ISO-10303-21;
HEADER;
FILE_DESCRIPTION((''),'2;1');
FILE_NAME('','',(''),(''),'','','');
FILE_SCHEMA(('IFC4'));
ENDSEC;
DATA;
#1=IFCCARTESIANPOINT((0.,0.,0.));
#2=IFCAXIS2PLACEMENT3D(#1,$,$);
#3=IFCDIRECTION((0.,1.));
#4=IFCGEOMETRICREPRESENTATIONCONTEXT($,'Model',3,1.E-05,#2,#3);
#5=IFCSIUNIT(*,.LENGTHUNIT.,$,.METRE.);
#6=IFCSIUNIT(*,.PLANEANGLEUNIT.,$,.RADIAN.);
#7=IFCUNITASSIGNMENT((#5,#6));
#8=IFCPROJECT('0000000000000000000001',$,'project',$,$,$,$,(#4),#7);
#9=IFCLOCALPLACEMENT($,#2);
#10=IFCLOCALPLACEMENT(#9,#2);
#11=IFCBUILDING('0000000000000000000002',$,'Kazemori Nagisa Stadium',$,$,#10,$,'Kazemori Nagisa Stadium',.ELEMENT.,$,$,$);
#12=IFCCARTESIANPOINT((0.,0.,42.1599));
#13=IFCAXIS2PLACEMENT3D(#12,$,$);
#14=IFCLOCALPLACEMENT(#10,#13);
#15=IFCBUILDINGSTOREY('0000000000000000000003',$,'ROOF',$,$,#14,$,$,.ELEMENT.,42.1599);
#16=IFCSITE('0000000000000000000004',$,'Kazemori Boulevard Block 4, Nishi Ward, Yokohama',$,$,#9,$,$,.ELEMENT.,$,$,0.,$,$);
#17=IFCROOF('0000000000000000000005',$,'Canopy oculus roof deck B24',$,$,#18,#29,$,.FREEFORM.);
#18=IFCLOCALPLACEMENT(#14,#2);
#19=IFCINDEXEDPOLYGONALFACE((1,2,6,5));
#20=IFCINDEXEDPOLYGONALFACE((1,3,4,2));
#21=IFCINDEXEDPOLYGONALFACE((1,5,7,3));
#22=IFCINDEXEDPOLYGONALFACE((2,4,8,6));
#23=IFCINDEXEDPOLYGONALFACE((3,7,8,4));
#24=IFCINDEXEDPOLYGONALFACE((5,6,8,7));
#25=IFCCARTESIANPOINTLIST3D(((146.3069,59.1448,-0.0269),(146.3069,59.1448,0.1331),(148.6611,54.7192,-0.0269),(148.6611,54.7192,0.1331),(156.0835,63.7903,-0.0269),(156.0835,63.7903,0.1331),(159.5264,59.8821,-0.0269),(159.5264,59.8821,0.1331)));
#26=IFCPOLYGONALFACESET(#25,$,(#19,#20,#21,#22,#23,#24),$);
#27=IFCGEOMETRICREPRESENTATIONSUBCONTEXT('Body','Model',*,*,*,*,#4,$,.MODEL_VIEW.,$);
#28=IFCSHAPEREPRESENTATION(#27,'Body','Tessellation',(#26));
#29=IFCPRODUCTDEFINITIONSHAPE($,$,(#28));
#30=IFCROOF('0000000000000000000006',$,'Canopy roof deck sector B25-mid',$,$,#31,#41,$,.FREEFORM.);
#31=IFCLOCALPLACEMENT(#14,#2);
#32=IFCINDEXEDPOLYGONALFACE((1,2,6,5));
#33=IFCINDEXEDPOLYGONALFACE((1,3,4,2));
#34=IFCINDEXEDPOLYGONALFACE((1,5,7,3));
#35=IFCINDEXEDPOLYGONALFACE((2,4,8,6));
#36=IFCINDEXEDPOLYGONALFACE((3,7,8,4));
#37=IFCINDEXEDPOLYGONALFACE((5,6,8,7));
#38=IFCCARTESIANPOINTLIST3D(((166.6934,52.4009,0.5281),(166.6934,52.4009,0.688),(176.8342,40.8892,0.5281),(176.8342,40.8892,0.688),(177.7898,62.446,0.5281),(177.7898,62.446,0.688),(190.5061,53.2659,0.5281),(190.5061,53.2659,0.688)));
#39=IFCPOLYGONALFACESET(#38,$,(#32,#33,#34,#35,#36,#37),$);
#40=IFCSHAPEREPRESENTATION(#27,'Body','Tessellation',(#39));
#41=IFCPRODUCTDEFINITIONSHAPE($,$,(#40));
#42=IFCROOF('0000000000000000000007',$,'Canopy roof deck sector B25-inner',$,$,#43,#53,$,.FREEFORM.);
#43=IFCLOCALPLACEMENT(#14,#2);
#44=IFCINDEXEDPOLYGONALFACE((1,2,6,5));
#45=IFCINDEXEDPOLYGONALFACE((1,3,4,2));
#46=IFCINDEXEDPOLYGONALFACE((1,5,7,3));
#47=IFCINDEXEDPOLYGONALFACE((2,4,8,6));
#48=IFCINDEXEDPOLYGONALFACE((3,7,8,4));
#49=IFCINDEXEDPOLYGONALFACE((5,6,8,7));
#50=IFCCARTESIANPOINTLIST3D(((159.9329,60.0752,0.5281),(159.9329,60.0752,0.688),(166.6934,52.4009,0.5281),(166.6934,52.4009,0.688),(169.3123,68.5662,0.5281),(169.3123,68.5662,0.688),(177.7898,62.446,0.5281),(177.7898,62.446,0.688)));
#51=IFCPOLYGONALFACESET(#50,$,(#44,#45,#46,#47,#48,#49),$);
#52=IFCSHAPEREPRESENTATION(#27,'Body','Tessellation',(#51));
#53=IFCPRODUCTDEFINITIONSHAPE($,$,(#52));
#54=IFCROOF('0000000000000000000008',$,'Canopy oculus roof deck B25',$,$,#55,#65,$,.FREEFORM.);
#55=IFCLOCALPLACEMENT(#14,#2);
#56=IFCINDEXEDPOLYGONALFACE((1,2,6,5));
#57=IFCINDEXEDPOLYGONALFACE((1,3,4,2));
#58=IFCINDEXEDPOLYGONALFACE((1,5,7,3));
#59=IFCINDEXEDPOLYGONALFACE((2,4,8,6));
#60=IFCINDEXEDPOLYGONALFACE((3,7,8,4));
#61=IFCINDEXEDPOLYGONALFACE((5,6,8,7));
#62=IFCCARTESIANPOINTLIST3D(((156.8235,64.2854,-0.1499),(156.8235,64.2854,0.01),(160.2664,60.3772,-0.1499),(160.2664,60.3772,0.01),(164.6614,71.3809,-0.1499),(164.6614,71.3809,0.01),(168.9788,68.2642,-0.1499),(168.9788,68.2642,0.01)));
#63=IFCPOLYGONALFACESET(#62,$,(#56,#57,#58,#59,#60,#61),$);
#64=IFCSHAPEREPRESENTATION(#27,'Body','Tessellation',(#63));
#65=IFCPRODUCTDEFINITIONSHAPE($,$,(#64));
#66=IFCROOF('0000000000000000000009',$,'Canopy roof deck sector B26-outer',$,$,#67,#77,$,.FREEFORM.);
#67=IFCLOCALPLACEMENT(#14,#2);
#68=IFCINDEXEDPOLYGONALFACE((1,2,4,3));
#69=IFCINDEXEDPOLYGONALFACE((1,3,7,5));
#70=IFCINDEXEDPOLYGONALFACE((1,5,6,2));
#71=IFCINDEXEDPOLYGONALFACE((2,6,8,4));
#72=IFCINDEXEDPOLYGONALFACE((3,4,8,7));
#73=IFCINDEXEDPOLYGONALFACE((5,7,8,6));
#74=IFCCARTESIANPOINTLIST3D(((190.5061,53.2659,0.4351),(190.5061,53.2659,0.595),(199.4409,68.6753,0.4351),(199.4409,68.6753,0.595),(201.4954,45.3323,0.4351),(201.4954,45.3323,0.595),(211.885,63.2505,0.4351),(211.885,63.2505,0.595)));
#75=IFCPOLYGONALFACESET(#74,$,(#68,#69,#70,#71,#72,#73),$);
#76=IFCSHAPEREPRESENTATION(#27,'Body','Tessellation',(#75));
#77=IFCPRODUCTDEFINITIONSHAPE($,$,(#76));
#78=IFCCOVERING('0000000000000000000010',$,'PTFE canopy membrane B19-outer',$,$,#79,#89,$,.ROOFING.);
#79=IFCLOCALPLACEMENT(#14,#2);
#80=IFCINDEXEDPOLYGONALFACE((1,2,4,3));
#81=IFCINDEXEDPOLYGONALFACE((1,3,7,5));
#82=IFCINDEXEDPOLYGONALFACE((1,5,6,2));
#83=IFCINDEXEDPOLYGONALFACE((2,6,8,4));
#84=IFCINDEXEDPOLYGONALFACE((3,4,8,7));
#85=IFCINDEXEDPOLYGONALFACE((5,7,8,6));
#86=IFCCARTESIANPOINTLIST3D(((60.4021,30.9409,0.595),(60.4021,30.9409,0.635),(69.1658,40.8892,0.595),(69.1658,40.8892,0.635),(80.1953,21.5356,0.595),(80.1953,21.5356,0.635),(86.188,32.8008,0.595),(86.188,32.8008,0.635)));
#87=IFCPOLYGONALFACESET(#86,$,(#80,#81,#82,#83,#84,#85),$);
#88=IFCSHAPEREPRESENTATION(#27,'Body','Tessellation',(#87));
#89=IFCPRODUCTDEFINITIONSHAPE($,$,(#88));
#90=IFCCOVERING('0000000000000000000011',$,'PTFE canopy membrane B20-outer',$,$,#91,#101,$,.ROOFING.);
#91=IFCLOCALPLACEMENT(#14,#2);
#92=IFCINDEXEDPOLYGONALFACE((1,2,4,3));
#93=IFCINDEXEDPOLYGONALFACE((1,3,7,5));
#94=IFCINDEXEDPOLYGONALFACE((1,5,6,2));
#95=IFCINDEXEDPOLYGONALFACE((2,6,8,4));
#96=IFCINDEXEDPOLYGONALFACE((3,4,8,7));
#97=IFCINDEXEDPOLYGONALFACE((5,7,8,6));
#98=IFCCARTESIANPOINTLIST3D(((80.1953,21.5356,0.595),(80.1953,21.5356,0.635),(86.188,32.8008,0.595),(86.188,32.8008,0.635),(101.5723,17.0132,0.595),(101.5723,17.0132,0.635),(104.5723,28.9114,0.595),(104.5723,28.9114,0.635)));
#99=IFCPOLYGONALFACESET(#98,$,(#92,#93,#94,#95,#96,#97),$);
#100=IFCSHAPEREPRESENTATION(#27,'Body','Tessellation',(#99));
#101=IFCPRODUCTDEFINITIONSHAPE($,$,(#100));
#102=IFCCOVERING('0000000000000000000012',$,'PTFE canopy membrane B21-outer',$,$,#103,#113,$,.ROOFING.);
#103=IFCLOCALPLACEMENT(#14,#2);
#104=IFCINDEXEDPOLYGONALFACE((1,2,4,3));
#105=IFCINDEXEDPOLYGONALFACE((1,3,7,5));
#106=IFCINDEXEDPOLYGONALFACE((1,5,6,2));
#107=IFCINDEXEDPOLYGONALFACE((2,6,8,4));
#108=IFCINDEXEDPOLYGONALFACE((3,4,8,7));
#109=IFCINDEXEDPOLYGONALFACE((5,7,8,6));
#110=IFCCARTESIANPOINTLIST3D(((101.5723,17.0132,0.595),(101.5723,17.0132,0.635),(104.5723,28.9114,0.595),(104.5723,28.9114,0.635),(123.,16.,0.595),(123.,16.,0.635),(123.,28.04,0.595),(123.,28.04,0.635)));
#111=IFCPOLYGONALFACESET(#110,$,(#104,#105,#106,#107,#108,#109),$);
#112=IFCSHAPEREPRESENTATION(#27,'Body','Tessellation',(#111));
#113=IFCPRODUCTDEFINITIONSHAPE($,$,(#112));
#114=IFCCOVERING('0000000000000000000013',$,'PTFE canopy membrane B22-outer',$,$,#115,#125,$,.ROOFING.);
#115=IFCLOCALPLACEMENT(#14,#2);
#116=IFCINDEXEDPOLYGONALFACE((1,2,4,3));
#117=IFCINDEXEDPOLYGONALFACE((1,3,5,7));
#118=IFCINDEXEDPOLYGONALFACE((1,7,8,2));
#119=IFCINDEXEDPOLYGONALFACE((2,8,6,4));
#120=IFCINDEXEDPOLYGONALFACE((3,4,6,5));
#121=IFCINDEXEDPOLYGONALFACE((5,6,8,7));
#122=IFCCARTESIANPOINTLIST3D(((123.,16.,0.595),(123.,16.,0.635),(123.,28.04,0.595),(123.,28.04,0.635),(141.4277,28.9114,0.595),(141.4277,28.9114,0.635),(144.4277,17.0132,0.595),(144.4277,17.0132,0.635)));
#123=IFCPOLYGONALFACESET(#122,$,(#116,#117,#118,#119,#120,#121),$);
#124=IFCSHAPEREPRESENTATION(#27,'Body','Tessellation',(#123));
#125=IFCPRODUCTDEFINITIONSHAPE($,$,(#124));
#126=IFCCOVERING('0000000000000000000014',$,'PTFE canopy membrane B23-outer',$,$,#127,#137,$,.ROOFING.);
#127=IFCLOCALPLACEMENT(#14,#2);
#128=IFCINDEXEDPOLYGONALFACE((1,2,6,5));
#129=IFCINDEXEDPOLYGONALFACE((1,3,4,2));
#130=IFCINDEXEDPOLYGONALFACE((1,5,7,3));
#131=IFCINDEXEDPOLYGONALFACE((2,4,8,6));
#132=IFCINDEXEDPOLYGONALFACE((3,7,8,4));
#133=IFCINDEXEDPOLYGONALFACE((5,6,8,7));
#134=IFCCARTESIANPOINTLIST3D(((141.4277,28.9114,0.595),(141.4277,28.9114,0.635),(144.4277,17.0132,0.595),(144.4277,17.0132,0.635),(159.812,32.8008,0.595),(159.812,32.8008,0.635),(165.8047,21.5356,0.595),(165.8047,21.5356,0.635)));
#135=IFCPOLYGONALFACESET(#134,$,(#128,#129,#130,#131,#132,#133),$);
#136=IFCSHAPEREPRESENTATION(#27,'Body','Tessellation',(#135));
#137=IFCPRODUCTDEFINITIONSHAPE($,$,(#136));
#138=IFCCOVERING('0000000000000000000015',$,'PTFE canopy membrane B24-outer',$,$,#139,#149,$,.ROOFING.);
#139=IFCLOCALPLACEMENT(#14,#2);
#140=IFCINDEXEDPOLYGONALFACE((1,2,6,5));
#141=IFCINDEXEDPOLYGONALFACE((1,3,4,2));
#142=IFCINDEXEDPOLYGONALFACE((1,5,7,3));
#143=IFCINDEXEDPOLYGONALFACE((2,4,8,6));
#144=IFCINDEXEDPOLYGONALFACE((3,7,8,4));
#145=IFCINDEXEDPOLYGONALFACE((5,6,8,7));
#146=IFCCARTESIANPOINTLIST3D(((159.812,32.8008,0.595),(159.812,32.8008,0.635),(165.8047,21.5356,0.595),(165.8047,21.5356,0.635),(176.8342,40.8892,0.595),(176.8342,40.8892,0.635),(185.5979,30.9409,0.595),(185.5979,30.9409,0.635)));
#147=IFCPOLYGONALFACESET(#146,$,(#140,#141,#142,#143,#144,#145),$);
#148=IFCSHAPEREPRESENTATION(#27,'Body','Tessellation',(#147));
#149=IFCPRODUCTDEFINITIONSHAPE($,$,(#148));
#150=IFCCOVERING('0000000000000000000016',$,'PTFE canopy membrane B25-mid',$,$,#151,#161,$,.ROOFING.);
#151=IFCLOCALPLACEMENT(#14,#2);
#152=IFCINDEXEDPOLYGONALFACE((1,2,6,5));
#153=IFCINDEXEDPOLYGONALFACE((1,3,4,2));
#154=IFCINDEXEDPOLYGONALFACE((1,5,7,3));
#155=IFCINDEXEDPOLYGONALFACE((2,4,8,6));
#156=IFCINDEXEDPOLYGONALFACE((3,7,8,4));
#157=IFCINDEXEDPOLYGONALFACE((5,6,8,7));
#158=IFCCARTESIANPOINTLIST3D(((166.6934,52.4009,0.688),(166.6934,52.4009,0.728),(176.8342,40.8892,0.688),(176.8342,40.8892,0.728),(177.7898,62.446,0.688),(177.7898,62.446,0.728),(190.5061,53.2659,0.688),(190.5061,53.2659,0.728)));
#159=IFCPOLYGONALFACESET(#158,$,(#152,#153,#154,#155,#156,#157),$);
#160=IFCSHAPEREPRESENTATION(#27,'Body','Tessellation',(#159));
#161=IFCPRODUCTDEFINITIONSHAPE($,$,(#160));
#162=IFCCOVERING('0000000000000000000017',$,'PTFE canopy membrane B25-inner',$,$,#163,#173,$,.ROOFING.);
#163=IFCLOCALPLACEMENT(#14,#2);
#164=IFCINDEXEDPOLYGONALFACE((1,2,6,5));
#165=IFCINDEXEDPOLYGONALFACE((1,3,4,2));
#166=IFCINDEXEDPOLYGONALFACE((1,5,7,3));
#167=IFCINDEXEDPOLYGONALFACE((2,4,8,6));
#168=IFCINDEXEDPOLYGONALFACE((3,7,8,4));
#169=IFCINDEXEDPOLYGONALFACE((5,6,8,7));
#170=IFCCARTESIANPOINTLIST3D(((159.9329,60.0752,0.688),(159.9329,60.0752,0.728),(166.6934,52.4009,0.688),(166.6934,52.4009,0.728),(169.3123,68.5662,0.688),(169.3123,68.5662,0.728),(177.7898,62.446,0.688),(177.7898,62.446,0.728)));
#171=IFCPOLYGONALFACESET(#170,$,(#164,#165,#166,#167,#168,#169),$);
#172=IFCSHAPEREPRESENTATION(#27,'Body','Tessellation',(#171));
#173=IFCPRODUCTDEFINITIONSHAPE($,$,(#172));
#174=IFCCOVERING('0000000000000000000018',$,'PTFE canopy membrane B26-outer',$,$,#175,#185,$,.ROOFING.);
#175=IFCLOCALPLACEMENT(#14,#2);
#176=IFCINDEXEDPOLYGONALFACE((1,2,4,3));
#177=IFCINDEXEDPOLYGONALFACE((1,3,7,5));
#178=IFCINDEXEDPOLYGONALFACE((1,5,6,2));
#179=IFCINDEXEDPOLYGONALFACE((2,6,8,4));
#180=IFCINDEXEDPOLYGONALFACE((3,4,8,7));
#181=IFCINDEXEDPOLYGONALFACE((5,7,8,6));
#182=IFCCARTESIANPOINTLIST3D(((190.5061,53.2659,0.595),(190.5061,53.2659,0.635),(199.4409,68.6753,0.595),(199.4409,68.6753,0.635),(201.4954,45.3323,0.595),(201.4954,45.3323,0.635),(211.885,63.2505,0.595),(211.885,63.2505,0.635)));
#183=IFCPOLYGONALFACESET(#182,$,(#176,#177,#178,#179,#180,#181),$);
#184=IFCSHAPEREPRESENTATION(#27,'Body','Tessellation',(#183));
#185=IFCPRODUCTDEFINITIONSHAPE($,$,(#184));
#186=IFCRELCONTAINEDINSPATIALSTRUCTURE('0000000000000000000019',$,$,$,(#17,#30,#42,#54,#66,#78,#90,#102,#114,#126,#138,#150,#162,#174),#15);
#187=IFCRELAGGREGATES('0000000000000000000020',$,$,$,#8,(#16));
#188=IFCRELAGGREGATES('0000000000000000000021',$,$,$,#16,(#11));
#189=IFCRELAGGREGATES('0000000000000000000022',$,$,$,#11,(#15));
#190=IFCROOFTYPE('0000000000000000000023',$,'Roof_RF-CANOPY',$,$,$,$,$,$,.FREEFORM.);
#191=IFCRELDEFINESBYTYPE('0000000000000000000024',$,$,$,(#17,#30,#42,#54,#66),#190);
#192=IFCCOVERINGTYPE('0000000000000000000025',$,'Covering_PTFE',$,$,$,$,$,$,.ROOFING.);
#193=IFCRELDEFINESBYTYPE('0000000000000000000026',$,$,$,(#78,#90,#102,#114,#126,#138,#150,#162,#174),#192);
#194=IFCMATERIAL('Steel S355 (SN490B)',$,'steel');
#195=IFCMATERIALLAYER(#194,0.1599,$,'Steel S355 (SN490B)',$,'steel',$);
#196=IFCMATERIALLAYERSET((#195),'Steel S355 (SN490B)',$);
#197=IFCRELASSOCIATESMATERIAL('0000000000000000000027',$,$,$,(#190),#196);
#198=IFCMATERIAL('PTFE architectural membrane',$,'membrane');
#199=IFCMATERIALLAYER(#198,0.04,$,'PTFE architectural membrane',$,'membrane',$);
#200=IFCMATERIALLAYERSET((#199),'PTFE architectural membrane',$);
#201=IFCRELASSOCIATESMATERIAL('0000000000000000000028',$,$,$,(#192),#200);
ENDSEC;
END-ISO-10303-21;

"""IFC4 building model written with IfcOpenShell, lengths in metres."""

from ifc_helpers import new_model, si_unit, direction, frame, origin, place, context, subcontext, project, spatial, polyline, outline, extrude, material, layer, layer_set, type_object, element, save


model = new_model("IFC4")

# Units and contexts
model_context = context("Model", 3, precision=1e-05, world=origin(), true_north=direction((0.0, 1.0)))
body_context = subcontext(model_context, "Body", "Model", "MODEL_VIEW")
ifc_project = project(units=[si_unit("LENGTHUNIT", "METRE"), si_unit("PLANEANGLEUNIT", "RADIAN")], contexts=[model_context])

# Site, building, storey
site_placement = place(None, origin())
site = spatial("IfcSite", under=ifc_project, at=site_placement, Name="Kazemori Boulevard Block 4, Nishi Ward, Yokohama", CompositionType="ELEMENT", RefElevation=0.0)
building_placement = place(site_placement, origin())
building = spatial("IfcBuilding", under=site, at=building_placement, Name="Kazemori Nagisa Stadium", LongName="Kazemori Nagisa Stadium", CompositionType="ELEMENT")
storey_placement = place(building_placement, frame((0.0, 0.0, 42.1599)))
storey = spatial("IfcBuildingStorey", under=building, at=storey_placement, Name="ROOF", CompositionType="ELEMENT", Elevation=42.1599)

# Roofs
ifc_material_1 = material(Name="Steel S355 (SN490B)", Category="steel")
ifc_layer_1 = layer(ifc_material_1, 0.1599, Name="Steel S355 (SN490B)", Category="steel")
ifc_layer_set_1 = layer_set([ifc_layer_1], Name="Steel S355 (SN490B)")
roof_type = type_object("IfcRoofType", Name="Roof_RF-CANOPY", PredefinedType="FREEFORM", material=ifc_layer_set_1)
roof_1_placement = place(storey_placement, frame((0.0, 0.0, -0.0269)))
element("IfcRoof", 1, at=roof_1_placement, inside=storey, type_object=roof_type, Name="Canopy oculus roof deck B24", PredefinedType="FREEFORM", context=body_context, shape_type="SweptSolid", body=[
    extrude(outline(polyline([(146.3069, 59.1448), (156.0835, 63.7903), (159.5264, 59.8821), (148.6611, 54.7192), (146.3069, 59.1448)])), origin(), (0.0, 0.0, 1.0), 0.1599),
])
roof_2_placement = place(storey_placement, frame((0.0, 0.0, 0.5281)))
element("IfcRoof", 2, at=roof_2_placement, inside=storey, type_object=roof_type, Name="Canopy roof deck sector B25-mid", PredefinedType="FREEFORM", context=body_context, shape_type="SweptSolid", body=[
    extrude(outline(polyline([(176.8342, 40.8892), (190.5061, 53.2659), (177.7898, 62.446), (166.6934, 52.4009), (176.8342, 40.8892)])), origin(), (0.0, 0.0, 1.0), 0.1599),
])
roof_3_placement = place(storey_placement, frame((0.0, 0.0, 0.5281)))
element("IfcRoof", 3, at=roof_3_placement, inside=storey, type_object=roof_type, Name="Canopy roof deck sector B25-inner", PredefinedType="FREEFORM", context=body_context, shape_type="SweptSolid", body=[
    extrude(outline(polyline([(166.6934, 52.4009), (177.7898, 62.446), (169.3123, 68.5662), (159.9329, 60.0752), (166.6934, 52.4009)])), origin(), (0.0, 0.0, 1.0), 0.1599),
])
roof_4_placement = place(storey_placement, frame((0.0, 0.0, -0.1499)))
element("IfcRoof", 4, at=roof_4_placement, inside=storey, type_object=roof_type, Name="Canopy oculus roof deck B25", PredefinedType="FREEFORM", context=body_context, shape_type="SweptSolid", body=[
    extrude(outline(polyline([(156.8235, 64.2854), (164.6614, 71.3809), (168.9788, 68.2642), (160.2664, 60.3772), (156.8235, 64.2854)])), origin(), (0.0, 0.0, 1.0), 0.1599),
])
roof_5_placement = place(storey_placement, frame((0.0, 0.0, 0.4351)))
element("IfcRoof", 5, at=roof_5_placement, inside=storey, type_object=roof_type, Name="Canopy roof deck sector B26-outer", PredefinedType="FREEFORM", context=body_context, shape_type="SweptSolid", body=[
    extrude(outline(polyline([(201.4954, 45.3323), (211.885, 63.2505), (199.4409, 68.6753), (190.5061, 53.2659), (201.4954, 45.3323)])), origin(), (0.0, 0.0, 1.0), 0.1599),
])

# Coverings
ifc_material_2 = material(Name="PTFE architectural membrane", Category="membrane")
ifc_layer_2 = layer(ifc_material_2, 0.04, Name="PTFE architectural membrane", Category="membrane")
ifc_layer_set_2 = layer_set([ifc_layer_2], Name="PTFE architectural membrane")
covering_type = type_object("IfcCoveringType", Name="Covering_PTFE", PredefinedType="ROOFING", material=ifc_layer_set_2)
covering_1_placement = place(storey_placement, frame((0.0, 0.0, 0.595)))
element("IfcCovering", 6, at=covering_1_placement, inside=storey, type_object=covering_type, Name="PTFE canopy membrane B19-outer", PredefinedType="ROOFING", context=body_context, shape_type="SweptSolid", body=[
    extrude(outline(polyline([(60.4021, 30.9409), (80.1953, 21.5356), (86.188, 32.8008), (69.1658, 40.8892), (60.4021, 30.9409)])), origin(), (0.0, 0.0, 1.0), 0.04),
])
covering_2_placement = place(storey_placement, frame((0.0, 0.0, 0.595)))
element("IfcCovering", 7, at=covering_2_placement, inside=storey, type_object=covering_type, Name="PTFE canopy membrane B20-outer", PredefinedType="ROOFING", context=body_context, shape_type="SweptSolid", body=[
    extrude(outline(polyline([(80.1953, 21.5356), (101.5723, 17.0132), (104.5723, 28.9114), (86.188, 32.8008), (80.1953, 21.5356)])), origin(), (0.0, 0.0, 1.0), 0.04),
])
covering_3_placement = place(storey_placement, frame((0.0, 0.0, 0.595)))
element("IfcCovering", 8, at=covering_3_placement, inside=storey, type_object=covering_type, Name="PTFE canopy membrane B21-outer", PredefinedType="ROOFING", context=body_context, shape_type="SweptSolid", body=[
    extrude(outline(polyline([(101.5723, 17.0132), (123.0, 16.0), (123.0, 28.04), (104.5723, 28.9114), (101.5723, 17.0132)])), origin(), (0.0, 0.0, 1.0), 0.04),
])
covering_4_placement = place(storey_placement, frame((0.0, 0.0, 0.595)))
element("IfcCovering", 9, at=covering_4_placement, inside=storey, type_object=covering_type, Name="PTFE canopy membrane B22-outer", PredefinedType="ROOFING", context=body_context, shape_type="SweptSolid", body=[
    extrude(outline(polyline([(123.0, 16.0), (144.4277, 17.0132), (141.4277, 28.9114), (123.0, 28.04), (123.0, 16.0)])), origin(), (0.0, 0.0, 1.0), 0.04),
])
covering_5_placement = place(storey_placement, frame((0.0, 0.0, 0.595)))
element("IfcCovering", 10, at=covering_5_placement, inside=storey, type_object=covering_type, Name="PTFE canopy membrane B23-outer", PredefinedType="ROOFING", context=body_context, shape_type="SweptSolid", body=[
    extrude(outline(polyline([(144.4277, 17.0132), (165.8047, 21.5356), (159.812, 32.8008), (141.4277, 28.9114), (144.4277, 17.0132)])), origin(), (0.0, 0.0, 1.0), 0.04),
])
covering_6_placement = place(storey_placement, frame((0.0, 0.0, 0.595)))
element("IfcCovering", 11, at=covering_6_placement, inside=storey, type_object=covering_type, Name="PTFE canopy membrane B24-outer", PredefinedType="ROOFING", context=body_context, shape_type="SweptSolid", body=[
    extrude(outline(polyline([(165.8047, 21.5356), (185.5979, 30.9409), (176.8342, 40.8892), (159.812, 32.8008), (165.8047, 21.5356)])), origin(), (0.0, 0.0, 1.0), 0.04),
])
covering_7_placement = place(storey_placement, frame((0.0, 0.0, 0.688)))
element("IfcCovering", 12, at=covering_7_placement, inside=storey, type_object=covering_type, Name="PTFE canopy membrane B25-mid", PredefinedType="ROOFING", context=body_context, shape_type="SweptSolid", body=[
    extrude(outline(polyline([(176.8342, 40.8892), (190.5061, 53.2659), (177.7898, 62.446), (166.6934, 52.4009), (176.8342, 40.8892)])), origin(), (0.0, 0.0, 1.0), 0.04),
])
covering_8_placement = place(storey_placement, frame((0.0, 0.0, 0.688)))
element("IfcCovering", 13, at=covering_8_placement, inside=storey, type_object=covering_type, Name="PTFE canopy membrane B25-inner", PredefinedType="ROOFING", context=body_context, shape_type="SweptSolid", body=[
    extrude(outline(polyline([(166.6934, 52.4009), (177.7898, 62.446), (169.3123, 68.5662), (159.9329, 60.0752), (166.6934, 52.4009)])), origin(), (0.0, 0.0, 1.0), 0.04),
])
covering_9_placement = place(storey_placement, frame((0.0, 0.0, 0.595)))
element("IfcCovering", 14, at=covering_9_placement, inside=storey, type_object=covering_type, Name="PTFE canopy membrane B26-outer", PredefinedType="ROOFING", context=body_context, shape_type="SweptSolid", body=[
    extrude(outline(polyline([(201.4954, 45.3323), (211.885, 63.2505), (199.4409, 68.6753), (190.5061, 53.2659), (201.4954, 45.3323)])), origin(), (0.0, 0.0, 1.0), 0.04),
])

save(model, "model.ifc")
